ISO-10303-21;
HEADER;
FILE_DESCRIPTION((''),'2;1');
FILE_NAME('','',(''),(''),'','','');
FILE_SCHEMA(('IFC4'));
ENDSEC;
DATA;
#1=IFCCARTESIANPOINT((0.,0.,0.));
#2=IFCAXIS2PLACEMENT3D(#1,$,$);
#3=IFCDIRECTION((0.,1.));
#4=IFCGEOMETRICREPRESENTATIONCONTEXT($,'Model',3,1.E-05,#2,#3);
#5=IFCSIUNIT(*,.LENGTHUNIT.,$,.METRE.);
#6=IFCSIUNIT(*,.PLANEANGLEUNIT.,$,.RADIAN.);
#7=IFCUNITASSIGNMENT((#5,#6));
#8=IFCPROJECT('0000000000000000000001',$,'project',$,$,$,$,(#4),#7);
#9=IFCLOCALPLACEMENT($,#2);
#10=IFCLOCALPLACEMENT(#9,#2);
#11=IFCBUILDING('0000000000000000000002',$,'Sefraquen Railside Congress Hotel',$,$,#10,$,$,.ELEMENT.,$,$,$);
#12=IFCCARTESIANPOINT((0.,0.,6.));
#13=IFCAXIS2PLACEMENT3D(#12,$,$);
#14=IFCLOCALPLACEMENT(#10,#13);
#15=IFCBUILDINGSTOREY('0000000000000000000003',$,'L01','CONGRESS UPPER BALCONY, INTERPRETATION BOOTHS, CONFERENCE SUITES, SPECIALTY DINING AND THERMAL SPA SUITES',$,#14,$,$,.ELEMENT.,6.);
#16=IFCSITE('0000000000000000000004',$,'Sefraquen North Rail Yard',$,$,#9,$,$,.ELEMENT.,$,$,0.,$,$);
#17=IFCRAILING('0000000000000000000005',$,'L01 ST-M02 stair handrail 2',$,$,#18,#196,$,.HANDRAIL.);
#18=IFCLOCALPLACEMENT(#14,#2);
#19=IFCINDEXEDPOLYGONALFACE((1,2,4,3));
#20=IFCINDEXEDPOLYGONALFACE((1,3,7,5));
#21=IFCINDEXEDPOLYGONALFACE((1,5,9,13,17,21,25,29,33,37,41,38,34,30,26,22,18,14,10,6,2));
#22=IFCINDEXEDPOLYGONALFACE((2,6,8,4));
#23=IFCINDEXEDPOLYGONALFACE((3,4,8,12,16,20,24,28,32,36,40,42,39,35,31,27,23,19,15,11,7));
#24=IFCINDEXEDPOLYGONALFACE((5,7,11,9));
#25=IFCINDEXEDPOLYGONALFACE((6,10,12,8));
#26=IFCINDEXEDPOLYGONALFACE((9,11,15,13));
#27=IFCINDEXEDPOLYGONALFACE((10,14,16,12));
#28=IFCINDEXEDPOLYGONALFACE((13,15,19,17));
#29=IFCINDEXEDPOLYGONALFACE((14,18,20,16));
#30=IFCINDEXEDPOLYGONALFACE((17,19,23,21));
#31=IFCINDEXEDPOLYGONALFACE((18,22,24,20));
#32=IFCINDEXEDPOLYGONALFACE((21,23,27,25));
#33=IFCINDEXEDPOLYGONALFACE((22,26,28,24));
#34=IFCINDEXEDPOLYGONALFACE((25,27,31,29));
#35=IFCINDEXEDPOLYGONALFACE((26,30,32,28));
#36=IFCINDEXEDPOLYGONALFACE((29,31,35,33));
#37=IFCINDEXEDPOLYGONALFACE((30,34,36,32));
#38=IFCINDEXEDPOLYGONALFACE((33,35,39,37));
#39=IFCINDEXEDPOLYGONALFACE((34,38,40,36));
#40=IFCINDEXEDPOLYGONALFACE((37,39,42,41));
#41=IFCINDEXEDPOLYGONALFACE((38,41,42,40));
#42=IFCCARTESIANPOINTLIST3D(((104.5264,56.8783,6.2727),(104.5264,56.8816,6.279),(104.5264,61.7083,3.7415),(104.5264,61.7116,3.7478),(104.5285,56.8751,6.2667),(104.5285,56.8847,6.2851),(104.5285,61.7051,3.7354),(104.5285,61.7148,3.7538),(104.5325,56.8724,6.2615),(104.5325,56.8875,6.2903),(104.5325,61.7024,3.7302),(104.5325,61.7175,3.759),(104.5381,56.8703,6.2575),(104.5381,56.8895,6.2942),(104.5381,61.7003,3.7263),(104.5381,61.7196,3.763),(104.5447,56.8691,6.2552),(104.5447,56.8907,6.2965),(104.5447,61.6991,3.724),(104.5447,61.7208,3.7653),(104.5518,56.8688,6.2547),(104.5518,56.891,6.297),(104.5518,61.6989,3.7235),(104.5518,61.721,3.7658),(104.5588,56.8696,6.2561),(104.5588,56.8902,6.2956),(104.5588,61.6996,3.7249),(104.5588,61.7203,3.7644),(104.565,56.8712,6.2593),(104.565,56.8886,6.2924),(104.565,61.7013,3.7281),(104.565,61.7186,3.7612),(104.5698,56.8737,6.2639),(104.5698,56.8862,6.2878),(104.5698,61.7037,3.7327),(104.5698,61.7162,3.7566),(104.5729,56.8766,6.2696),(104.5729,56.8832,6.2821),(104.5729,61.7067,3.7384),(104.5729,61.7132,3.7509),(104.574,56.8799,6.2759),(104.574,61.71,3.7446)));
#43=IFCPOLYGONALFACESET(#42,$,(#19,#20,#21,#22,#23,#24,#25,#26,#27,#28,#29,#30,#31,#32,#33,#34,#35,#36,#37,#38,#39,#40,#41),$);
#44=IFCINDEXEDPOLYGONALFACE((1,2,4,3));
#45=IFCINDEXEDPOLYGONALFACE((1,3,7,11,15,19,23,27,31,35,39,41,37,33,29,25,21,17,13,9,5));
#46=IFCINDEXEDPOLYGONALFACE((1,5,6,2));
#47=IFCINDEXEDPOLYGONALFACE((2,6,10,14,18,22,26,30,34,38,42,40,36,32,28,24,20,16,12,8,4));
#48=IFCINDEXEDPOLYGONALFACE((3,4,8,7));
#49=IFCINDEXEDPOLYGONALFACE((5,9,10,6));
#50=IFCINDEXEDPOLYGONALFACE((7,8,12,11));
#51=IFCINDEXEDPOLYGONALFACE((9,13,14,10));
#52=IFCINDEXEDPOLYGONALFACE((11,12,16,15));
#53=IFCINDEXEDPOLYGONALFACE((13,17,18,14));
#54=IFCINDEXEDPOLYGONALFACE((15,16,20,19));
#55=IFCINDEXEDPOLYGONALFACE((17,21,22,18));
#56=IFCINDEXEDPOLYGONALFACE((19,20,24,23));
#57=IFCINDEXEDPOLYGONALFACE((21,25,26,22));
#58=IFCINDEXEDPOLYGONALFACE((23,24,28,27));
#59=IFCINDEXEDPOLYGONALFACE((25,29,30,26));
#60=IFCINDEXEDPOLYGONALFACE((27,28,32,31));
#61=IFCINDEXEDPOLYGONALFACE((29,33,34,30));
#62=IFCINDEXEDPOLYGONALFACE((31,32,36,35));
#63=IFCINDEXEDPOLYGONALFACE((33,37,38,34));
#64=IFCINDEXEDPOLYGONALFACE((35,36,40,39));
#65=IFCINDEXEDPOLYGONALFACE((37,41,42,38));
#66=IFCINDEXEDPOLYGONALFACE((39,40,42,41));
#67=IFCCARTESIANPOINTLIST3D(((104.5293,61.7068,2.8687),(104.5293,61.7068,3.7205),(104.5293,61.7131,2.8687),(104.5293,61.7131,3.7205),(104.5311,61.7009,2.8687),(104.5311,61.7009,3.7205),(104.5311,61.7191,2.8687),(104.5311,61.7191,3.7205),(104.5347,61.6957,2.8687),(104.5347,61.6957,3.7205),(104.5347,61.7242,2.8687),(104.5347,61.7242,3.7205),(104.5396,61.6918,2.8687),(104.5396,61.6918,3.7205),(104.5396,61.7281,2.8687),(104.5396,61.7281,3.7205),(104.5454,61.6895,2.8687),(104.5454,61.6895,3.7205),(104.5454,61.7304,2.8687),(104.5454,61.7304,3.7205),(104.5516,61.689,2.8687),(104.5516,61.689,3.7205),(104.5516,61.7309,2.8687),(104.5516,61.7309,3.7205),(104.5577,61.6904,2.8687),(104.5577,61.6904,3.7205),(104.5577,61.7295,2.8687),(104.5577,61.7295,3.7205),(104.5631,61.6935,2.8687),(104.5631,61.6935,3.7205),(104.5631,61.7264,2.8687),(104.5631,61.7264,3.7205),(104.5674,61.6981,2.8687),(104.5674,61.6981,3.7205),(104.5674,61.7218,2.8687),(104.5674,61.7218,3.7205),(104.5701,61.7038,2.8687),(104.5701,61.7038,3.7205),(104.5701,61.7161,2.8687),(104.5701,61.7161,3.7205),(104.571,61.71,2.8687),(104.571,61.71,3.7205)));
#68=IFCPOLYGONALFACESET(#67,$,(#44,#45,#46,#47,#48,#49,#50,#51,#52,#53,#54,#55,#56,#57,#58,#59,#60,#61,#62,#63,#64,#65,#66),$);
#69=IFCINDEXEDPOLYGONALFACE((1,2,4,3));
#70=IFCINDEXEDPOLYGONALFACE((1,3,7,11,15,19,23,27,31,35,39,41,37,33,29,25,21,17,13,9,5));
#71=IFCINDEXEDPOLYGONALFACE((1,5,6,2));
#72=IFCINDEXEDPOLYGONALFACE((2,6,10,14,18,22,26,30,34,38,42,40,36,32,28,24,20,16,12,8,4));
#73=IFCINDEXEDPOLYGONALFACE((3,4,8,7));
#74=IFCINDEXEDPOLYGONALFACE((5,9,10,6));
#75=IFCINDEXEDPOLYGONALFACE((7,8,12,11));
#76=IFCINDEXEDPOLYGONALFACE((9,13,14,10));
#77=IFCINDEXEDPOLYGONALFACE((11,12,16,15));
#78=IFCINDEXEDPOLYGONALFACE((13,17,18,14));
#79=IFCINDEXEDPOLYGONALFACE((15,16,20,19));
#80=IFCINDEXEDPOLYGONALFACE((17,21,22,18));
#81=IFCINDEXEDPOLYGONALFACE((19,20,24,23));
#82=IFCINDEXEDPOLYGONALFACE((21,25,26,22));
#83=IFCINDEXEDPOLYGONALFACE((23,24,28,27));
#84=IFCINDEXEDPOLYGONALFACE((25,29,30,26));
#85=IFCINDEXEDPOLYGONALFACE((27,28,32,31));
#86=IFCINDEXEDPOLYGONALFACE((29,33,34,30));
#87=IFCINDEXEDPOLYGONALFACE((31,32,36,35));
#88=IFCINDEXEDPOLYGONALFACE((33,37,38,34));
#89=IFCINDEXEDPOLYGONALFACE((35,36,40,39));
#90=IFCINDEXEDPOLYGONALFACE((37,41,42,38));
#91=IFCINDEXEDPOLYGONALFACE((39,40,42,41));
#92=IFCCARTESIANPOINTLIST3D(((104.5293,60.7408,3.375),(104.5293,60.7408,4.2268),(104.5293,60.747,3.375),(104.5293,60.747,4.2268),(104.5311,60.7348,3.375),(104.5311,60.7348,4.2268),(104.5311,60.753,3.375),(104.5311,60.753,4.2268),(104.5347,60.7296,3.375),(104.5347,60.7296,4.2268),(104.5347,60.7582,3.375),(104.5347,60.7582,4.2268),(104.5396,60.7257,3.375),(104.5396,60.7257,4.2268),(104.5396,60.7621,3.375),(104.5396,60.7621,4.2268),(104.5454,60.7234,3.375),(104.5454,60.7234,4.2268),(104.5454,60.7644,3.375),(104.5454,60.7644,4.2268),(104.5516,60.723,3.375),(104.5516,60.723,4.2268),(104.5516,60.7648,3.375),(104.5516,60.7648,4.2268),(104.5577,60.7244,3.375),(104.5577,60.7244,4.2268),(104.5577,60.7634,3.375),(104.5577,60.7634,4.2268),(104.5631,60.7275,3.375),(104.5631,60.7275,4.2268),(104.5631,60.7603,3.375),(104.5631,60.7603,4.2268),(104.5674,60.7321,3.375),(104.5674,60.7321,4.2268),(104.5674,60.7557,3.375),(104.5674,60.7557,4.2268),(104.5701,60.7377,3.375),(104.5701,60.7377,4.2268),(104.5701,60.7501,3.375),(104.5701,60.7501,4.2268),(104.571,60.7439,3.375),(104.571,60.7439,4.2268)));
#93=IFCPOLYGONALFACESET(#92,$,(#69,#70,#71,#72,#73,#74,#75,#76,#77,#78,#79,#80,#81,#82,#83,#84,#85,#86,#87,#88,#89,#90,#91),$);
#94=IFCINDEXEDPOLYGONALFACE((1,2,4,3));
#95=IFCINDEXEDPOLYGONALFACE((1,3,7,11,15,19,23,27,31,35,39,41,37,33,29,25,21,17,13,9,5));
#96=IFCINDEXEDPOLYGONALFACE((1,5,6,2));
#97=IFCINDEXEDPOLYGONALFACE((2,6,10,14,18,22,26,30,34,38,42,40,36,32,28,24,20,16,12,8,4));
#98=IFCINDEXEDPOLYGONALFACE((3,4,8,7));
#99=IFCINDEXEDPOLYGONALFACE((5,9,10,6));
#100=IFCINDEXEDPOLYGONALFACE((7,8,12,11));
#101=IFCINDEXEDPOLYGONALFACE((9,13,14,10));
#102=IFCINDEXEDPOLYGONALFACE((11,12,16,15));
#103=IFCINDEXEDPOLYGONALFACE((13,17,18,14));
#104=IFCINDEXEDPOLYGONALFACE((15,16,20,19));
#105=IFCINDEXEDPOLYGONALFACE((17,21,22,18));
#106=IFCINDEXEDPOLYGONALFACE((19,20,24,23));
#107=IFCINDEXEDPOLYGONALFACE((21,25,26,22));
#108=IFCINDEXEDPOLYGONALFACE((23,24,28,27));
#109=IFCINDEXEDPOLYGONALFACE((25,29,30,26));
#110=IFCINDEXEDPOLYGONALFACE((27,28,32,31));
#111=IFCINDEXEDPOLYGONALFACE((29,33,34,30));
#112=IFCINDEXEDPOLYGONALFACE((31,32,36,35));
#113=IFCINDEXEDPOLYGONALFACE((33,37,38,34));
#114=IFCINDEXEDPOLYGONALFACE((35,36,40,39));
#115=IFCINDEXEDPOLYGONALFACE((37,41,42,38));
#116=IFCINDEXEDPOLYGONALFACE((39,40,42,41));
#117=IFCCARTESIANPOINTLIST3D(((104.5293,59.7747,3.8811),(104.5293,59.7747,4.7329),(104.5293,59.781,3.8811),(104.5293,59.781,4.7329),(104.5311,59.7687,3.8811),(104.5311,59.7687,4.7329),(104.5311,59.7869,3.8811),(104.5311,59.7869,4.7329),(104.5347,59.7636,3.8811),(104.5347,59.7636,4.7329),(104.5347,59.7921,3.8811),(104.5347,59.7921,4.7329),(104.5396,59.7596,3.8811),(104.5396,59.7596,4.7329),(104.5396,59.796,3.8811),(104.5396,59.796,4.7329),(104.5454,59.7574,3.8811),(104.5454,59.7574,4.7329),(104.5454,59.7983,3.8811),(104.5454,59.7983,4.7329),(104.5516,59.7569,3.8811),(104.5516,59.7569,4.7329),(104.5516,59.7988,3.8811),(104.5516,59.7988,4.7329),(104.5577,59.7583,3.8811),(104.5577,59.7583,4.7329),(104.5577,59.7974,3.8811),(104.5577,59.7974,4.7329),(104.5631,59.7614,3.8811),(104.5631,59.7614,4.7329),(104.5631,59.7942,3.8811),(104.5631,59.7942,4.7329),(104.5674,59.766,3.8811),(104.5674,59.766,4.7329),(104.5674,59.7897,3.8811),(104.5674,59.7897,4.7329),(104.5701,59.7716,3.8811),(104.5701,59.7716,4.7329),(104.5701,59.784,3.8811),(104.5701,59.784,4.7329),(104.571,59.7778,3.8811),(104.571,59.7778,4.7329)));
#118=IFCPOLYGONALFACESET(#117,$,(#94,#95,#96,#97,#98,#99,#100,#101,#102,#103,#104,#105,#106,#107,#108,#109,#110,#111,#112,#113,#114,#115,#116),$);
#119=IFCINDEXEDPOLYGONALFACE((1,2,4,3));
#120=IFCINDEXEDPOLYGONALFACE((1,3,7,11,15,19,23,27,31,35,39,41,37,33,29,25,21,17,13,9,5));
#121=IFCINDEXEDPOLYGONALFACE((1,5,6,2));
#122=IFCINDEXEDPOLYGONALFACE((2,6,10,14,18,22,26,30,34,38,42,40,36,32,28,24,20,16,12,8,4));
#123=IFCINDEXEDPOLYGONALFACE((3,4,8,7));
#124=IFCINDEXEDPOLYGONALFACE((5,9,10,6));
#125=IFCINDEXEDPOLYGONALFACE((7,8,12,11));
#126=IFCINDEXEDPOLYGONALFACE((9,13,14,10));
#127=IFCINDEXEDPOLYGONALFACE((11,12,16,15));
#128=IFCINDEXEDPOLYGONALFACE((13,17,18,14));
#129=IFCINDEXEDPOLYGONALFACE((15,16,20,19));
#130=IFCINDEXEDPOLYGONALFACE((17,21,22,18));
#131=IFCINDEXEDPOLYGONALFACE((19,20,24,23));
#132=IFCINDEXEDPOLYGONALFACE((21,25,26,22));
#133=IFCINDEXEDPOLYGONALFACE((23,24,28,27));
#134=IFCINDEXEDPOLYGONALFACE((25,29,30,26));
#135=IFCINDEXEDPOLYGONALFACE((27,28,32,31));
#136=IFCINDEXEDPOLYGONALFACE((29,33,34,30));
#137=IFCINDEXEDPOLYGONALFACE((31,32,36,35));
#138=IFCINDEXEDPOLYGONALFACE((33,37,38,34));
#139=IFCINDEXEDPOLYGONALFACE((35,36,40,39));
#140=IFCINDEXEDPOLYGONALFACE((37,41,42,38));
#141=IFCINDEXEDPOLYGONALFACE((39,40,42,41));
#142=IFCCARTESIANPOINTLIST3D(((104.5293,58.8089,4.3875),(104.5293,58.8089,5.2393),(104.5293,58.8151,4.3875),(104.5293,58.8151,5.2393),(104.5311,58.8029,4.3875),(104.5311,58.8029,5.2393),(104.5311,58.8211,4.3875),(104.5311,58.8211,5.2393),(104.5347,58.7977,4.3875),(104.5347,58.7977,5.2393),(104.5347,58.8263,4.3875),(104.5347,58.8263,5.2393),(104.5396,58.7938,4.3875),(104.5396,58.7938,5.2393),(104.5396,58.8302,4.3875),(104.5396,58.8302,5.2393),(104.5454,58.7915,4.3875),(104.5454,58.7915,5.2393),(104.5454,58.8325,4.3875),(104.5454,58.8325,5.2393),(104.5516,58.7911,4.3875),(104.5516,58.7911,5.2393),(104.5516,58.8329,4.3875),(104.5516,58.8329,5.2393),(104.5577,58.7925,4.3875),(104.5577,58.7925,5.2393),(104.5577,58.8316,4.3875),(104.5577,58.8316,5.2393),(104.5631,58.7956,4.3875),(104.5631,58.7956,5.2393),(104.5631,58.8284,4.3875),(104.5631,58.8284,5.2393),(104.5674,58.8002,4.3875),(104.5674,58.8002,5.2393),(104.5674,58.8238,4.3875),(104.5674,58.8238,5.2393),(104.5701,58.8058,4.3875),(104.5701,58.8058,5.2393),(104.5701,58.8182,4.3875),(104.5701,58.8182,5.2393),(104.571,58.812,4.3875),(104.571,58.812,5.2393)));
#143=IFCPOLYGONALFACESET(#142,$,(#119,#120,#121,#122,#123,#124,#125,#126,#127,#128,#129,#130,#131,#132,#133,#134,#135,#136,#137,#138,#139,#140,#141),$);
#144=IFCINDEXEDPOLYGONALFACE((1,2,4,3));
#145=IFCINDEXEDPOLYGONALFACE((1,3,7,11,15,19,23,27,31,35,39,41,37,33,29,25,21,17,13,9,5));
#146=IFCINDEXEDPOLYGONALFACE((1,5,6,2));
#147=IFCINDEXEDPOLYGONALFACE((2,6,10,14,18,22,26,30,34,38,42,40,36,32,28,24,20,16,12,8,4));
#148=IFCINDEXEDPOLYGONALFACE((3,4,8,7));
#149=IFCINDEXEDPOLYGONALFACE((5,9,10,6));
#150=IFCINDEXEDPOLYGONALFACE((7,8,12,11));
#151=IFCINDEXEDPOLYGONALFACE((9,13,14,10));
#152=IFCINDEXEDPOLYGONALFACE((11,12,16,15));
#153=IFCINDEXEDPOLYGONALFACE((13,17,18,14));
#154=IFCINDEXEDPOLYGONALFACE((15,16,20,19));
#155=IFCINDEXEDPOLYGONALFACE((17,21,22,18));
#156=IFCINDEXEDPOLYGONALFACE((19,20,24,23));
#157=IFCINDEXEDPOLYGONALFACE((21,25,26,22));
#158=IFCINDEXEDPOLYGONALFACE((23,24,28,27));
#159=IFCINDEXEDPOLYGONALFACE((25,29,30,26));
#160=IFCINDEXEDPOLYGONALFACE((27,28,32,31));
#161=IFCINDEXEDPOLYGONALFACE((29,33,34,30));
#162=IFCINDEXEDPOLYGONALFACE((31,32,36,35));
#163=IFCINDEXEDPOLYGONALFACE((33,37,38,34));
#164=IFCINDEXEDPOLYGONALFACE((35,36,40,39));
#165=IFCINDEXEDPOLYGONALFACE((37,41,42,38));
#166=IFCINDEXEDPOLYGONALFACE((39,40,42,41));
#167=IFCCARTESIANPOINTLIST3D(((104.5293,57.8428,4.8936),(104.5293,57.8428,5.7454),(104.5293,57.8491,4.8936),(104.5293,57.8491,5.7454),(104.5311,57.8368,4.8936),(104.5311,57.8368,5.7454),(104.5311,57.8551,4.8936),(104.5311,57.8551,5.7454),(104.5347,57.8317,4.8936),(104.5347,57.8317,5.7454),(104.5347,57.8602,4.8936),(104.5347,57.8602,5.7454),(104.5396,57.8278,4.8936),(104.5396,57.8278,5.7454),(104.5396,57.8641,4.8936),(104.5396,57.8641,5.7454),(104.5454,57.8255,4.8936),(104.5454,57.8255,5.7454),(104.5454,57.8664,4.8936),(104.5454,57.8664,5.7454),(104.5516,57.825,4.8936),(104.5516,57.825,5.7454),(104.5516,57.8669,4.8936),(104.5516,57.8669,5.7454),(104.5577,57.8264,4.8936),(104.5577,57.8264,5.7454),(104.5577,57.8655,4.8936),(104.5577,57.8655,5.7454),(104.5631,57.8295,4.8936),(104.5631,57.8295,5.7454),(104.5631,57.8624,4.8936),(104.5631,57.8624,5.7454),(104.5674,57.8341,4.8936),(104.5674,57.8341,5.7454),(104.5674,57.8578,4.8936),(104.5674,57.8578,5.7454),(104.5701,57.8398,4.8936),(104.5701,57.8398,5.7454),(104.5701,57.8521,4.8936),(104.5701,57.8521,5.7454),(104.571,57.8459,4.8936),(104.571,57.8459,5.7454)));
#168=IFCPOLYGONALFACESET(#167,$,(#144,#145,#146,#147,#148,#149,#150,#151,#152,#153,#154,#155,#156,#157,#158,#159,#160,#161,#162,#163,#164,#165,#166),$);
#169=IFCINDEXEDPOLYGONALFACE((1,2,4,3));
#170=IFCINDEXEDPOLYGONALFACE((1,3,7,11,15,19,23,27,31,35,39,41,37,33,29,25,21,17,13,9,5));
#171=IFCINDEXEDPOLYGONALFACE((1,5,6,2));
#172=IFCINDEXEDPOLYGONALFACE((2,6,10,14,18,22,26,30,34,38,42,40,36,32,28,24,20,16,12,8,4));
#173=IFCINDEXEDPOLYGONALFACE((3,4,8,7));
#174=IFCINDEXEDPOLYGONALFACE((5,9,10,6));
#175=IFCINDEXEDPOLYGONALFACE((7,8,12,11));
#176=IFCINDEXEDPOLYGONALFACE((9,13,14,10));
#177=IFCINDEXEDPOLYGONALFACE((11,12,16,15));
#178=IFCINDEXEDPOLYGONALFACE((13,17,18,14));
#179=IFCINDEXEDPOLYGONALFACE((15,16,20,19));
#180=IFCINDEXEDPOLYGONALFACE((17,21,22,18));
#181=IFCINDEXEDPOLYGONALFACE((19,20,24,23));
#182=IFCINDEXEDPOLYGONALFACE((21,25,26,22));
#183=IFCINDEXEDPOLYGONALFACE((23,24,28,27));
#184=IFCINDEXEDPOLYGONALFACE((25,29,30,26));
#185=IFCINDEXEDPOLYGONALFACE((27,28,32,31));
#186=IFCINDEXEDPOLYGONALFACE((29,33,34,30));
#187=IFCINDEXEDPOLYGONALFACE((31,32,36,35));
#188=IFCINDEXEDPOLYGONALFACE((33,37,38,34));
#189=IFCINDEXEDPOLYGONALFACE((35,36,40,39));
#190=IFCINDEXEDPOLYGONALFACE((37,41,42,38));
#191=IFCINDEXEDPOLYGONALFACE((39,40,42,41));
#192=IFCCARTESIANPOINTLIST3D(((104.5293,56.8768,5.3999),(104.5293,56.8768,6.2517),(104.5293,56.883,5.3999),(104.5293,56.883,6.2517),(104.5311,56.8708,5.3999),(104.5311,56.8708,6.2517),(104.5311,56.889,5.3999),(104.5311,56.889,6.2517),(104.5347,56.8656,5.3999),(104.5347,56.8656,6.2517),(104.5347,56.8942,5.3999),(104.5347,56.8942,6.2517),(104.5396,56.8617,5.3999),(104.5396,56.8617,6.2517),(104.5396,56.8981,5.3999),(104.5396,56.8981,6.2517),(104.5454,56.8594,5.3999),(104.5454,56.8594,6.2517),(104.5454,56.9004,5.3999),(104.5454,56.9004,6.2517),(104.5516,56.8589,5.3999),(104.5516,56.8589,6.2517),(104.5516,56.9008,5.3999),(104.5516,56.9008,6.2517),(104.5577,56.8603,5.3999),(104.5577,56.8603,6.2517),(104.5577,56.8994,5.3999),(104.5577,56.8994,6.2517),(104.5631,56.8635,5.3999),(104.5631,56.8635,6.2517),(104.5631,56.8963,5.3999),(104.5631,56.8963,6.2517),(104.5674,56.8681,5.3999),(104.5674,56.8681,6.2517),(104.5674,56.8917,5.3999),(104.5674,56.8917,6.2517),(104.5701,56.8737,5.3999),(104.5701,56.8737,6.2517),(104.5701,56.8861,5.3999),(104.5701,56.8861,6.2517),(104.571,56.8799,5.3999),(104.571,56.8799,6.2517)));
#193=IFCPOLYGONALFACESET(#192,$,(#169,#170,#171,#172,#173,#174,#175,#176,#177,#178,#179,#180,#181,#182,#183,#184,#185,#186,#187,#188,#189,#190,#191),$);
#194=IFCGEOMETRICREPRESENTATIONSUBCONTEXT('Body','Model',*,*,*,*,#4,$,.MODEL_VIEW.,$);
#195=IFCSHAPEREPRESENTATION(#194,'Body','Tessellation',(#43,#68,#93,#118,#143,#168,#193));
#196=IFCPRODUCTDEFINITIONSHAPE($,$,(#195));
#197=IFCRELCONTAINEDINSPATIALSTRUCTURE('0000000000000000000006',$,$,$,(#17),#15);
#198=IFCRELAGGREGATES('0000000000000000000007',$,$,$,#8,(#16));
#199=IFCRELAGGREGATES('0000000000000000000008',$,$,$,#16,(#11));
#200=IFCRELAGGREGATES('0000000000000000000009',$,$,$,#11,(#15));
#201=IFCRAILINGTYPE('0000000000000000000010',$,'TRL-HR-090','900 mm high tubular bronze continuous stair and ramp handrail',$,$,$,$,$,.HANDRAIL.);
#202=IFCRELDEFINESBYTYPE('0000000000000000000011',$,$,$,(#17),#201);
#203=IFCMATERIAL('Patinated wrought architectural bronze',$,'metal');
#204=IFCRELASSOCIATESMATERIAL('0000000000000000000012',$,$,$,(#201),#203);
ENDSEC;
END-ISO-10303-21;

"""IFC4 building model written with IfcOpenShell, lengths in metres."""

from ifc_helpers import new_model, si_unit, direction, frame, origin, origin_2d, place, context, subcontext, project, spatial, circle, extrude, material, type_object, element, save


model = new_model("IFC4")

# Units and contexts
model_context = context("Model", 3, precision=1e-05, world=origin(), true_north=direction((0.0, 1.0)))
body_context = subcontext(model_context, "Body", "Model", "MODEL_VIEW")
ifc_project = project(units=[si_unit("LENGTHUNIT", "METRE"), si_unit("PLANEANGLEUNIT", "RADIAN")], contexts=[model_context])

# Site, building, storey
site_placement = place(None, origin())
site = spatial("IfcSite", under=ifc_project, at=site_placement, Name="Sefraquen North Rail Yard", CompositionType="ELEMENT", RefElevation=0.0)
building_placement = place(site_placement, origin())
building = spatial("IfcBuilding", under=site, at=building_placement, Name="Sefraquen Railside Congress Hotel", CompositionType="ELEMENT")
storey_placement = place(building_placement, frame((0.0, 0.0, 6.0)))
storey = spatial("IfcBuildingStorey", under=building, at=storey_placement, Name="L01", Description="CONGRESS UPPER BALCONY, INTERPRETATION BOOTHS, CONFERENCE SUITES, SPECIALTY DINING AND THERMAL SPA SUITES", CompositionType="ELEMENT", Elevation=6.0)

# Railing
ifc_material_1 = material(Name="Patinated wrought architectural bronze", Category="metal")
railing_type_1 = type_object("IfcRailingType", Name="TRL-HR-090", Description="900 mm high tubular bronze continuous stair and ramp handrail", PredefinedType="HANDRAIL", material=ifc_material_1)
railing_1_placement = place(storey_placement, frame((104.55, 61.71, 2.8687)))
element("IfcRailing", 1, at=railing_1_placement, inside=storey, type_object=railing_type_1, Name="L01 ST-M02 stair handrail 2", PredefinedType="HANDRAIL", context=body_context, shape_type="SweptSolid", body=[
    extrude(circle(Radius=0.0239, at=origin_2d()), frame((0.0, 0.0, 0.876), z_axis=(0.0, -0.88574, 0.464181), x_axis=(1.0, 0.0, 0.0)), (0.0, 0.0, 1.0), 5.4531),
    extrude(circle(Radius=0.021, at=origin_2d()), origin(), (0.0, 0.0, 1.0), 0.8518),
    extrude(circle(Radius=0.021, at=origin_2d()), frame((0.0, -0.9661, 0.5063)), (0.0, 0.0, 1.0), 0.8518),
    extrude(circle(Radius=0.021, at=origin_2d()), frame((0.0, -1.9321, 1.0125)), (0.0, 0.0, 1.0), 0.8518),
    extrude(circle(Radius=0.021, at=origin_2d()), frame((0.0, -2.8979, 1.5188)), (0.0, 0.0, 1.0), 0.8518),
    extrude(circle(Radius=0.021, at=origin_2d()), frame((0.0, -3.864, 2.0249)), (0.0, 0.0, 1.0), 0.8518),
    extrude(circle(Radius=0.021, at=origin_2d()), frame((0.0, -4.8301, 2.5312)), (0.0, 0.0, 1.0), 0.8518),
])

save(model, "model.ifc")
